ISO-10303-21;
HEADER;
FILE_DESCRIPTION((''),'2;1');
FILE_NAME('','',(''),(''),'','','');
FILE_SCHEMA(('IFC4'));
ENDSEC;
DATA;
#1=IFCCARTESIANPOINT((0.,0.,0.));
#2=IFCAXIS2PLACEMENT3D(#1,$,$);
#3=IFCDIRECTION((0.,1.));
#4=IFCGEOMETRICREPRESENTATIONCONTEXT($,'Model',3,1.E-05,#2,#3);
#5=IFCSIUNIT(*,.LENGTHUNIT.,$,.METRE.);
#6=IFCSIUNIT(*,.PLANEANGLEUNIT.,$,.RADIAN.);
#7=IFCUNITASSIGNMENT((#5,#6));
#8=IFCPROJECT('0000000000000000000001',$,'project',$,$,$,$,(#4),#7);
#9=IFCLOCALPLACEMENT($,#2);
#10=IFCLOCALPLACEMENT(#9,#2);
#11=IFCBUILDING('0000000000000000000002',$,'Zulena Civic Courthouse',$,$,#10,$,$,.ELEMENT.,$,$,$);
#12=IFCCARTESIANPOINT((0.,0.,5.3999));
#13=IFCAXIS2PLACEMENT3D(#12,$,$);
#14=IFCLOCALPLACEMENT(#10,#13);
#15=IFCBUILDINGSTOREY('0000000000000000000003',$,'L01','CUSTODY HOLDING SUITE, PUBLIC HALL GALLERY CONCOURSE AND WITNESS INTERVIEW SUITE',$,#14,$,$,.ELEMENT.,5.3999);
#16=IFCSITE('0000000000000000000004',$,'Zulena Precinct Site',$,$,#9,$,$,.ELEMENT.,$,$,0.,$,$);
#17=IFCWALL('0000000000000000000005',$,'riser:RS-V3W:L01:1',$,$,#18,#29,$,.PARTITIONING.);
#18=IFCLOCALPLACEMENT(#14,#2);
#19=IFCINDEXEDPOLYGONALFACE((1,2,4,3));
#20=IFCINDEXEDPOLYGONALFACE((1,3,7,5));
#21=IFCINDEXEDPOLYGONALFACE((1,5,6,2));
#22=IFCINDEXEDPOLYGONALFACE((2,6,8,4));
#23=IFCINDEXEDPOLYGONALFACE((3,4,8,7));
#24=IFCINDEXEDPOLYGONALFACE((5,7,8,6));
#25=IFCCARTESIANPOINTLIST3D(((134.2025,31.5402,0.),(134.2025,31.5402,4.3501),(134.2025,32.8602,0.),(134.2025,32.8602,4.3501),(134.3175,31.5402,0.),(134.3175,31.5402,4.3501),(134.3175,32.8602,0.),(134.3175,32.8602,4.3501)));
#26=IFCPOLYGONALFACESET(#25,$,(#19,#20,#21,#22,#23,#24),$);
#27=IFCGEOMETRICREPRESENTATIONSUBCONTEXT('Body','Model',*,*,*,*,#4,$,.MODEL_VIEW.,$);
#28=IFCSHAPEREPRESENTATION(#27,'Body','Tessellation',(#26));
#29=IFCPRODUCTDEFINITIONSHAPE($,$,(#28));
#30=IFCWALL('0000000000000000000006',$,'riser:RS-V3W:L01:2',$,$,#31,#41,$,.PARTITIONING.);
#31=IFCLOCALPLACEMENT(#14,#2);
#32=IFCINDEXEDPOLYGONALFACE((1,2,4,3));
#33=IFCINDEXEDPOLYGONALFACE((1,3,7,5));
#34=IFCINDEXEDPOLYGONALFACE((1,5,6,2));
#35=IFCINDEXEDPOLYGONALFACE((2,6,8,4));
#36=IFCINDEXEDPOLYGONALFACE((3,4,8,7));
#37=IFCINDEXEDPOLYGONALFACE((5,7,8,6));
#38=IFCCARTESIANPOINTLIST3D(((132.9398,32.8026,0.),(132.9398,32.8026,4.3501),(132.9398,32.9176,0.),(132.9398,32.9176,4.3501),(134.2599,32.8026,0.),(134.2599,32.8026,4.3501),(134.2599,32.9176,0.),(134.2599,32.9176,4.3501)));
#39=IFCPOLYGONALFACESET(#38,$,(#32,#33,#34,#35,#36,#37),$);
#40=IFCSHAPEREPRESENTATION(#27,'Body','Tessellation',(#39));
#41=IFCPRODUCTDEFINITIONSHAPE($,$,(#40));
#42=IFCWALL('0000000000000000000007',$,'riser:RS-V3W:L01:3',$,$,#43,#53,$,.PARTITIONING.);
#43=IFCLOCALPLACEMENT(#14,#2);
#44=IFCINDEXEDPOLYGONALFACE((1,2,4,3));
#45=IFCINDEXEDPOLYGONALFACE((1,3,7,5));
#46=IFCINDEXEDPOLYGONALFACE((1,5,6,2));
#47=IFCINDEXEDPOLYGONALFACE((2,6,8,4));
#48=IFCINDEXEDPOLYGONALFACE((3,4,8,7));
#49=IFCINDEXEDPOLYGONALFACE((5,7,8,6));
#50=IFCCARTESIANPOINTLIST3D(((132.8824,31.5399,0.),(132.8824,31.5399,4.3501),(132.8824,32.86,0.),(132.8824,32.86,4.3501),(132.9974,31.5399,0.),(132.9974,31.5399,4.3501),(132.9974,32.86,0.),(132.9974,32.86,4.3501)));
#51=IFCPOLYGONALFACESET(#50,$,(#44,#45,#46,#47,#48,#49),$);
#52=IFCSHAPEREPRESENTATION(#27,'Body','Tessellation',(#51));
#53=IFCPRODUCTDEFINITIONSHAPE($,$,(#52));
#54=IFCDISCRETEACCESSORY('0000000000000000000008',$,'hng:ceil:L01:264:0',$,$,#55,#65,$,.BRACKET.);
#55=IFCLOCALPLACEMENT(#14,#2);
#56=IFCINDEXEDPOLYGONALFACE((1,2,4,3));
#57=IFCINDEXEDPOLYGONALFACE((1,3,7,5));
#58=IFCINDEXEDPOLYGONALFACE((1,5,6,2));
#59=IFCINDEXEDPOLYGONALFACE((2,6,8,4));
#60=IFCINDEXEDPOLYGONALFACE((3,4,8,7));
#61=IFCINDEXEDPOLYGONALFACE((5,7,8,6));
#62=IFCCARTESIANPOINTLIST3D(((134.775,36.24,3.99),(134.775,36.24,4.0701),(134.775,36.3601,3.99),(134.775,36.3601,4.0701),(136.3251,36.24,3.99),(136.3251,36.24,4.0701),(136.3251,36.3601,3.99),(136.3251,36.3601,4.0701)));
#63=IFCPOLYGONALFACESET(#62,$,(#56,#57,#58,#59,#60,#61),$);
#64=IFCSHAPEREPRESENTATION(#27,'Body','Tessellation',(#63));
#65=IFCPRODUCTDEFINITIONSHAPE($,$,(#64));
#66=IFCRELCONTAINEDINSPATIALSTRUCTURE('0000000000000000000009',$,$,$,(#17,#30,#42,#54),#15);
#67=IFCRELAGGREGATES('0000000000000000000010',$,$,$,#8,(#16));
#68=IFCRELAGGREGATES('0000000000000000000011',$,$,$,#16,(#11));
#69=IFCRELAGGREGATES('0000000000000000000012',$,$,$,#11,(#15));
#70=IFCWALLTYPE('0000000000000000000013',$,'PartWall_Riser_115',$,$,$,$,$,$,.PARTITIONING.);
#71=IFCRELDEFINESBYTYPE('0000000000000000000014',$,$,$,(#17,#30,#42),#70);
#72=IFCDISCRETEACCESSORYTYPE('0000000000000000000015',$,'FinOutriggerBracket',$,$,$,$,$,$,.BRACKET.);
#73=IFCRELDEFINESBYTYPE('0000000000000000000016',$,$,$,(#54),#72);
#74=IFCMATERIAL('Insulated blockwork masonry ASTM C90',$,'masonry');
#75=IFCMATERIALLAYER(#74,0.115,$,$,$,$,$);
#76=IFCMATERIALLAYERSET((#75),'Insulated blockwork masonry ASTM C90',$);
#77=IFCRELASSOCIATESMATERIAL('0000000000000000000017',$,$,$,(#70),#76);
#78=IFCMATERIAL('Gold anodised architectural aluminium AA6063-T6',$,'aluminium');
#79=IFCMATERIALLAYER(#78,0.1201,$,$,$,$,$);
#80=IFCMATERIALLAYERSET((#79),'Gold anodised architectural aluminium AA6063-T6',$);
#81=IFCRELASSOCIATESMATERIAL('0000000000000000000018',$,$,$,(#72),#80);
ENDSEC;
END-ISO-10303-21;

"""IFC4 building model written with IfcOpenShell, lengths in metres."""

from ifc_helpers import new_model, si_unit, direction, frame, frame_2d, origin, origin_2d, place, context, subcontext, project, spatial, rectangle, extrude, material, layer, layer_set, type_object, element, save


model = new_model("IFC4")

# Units and contexts
model_context = context("Model", 3, precision=1e-05, world=origin(), true_north=direction((0.0, 1.0)))
body_context = subcontext(model_context, "Body", "Model", "MODEL_VIEW")
ifc_project = project(units=[si_unit("LENGTHUNIT", "METRE"), si_unit("PLANEANGLEUNIT", "RADIAN")], contexts=[model_context])

# Site, building, storey
site_placement = place(None, origin())
site = spatial("IfcSite", under=ifc_project, at=site_placement, Name="Zulena Precinct Site", CompositionType="ELEMENT", RefElevation=0.0)
building_placement = place(site_placement, origin())
building = spatial("IfcBuilding", under=site, at=building_placement, Name="Zulena Civic Courthouse", CompositionType="ELEMENT")
storey_placement = place(building_placement, frame((0.0, 0.0, 5.3999)))
storey = spatial("IfcBuildingStorey", under=building, at=storey_placement, Name="L01", Description="CUSTODY HOLDING SUITE, PUBLIC HALL GALLERY CONCOURSE AND WITNESS INTERVIEW SUITE", CompositionType="ELEMENT", Elevation=5.3999)

# Walls
ifc_material_1 = material(Name="Insulated blockwork masonry ASTM C90", Category="masonry")
ifc_layer_1 = layer(ifc_material_1, 0.115)
ifc_layer_set_1 = layer_set([ifc_layer_1], Name="Insulated blockwork masonry ASTM C90")
wall_type_1 = type_object("IfcWallType", Name="PartWall_Riser_115", PredefinedType="PARTITIONING", material=ifc_layer_set_1)
for number, where, z_axis, x_axis, name in (
    (1, (134.26, 31.54, 0.0), (0.0, 0.0, 1.0), (0.0, 1.0, 0.0), "riser:RS-V3W:L01:1"),
    (2, (134.26, 32.8601, 0.0), (0.0, 0.0, 1.0), (-1.0, 0.0, 0.0), "riser:RS-V3W:L01:2"),
    (3, (132.9399, 32.8601, 0.0), (0.0, 0.0, 1.0), (0.0, -1.0, 0.0), "riser:RS-V3W:L01:3"),
):
    element("IfcWall", number, at=place(storey_placement, frame(where, z_axis=z_axis, x_axis=x_axis)), inside=storey, type_object=wall_type_1, Name=name, PredefinedType="PARTITIONING", context=body_context, shape_type="SweptSolid", body=[
        extrude(rectangle(XDim=1.3201, YDim=0.115, at=frame_2d((0.6602, 0.0))), origin(), (0.0, 0.0, 1.0), 4.3501),
    ])

# Discrete accessory
ifc_material_2 = material(Name="Gold anodised architectural aluminium AA6063-T6", Category="aluminium")
ifc_layer_2 = layer(ifc_material_2, 0.1201)
ifc_layer_set_2 = layer_set([ifc_layer_2], Name="Gold anodised architectural aluminium AA6063-T6")
discrete_accessory_type = type_object("IfcDiscreteAccessoryType", Name="FinOutriggerBracket", PredefinedType="BRACKET", material=ifc_layer_set_2)
discrete_accessory_placement = place(storey_placement, frame((135.55, 36.3, 3.99), z_axis=(0.0, 0.0, 1.0), x_axis=(1.0, 0.0, 0.0)))
element("IfcDiscreteAccessory", 4, at=discrete_accessory_placement, inside=storey, type_object=discrete_accessory_type, Name="hng:ceil:L01:264:0", PredefinedType="BRACKET", context=body_context, shape_type="SweptSolid", body=[
    extrude(rectangle(XDim=1.55, YDim=0.1201, at=origin_2d()), origin(), (0.0, 0.0, 1.0), 0.0801),
])

save(model, "model.ifc")
